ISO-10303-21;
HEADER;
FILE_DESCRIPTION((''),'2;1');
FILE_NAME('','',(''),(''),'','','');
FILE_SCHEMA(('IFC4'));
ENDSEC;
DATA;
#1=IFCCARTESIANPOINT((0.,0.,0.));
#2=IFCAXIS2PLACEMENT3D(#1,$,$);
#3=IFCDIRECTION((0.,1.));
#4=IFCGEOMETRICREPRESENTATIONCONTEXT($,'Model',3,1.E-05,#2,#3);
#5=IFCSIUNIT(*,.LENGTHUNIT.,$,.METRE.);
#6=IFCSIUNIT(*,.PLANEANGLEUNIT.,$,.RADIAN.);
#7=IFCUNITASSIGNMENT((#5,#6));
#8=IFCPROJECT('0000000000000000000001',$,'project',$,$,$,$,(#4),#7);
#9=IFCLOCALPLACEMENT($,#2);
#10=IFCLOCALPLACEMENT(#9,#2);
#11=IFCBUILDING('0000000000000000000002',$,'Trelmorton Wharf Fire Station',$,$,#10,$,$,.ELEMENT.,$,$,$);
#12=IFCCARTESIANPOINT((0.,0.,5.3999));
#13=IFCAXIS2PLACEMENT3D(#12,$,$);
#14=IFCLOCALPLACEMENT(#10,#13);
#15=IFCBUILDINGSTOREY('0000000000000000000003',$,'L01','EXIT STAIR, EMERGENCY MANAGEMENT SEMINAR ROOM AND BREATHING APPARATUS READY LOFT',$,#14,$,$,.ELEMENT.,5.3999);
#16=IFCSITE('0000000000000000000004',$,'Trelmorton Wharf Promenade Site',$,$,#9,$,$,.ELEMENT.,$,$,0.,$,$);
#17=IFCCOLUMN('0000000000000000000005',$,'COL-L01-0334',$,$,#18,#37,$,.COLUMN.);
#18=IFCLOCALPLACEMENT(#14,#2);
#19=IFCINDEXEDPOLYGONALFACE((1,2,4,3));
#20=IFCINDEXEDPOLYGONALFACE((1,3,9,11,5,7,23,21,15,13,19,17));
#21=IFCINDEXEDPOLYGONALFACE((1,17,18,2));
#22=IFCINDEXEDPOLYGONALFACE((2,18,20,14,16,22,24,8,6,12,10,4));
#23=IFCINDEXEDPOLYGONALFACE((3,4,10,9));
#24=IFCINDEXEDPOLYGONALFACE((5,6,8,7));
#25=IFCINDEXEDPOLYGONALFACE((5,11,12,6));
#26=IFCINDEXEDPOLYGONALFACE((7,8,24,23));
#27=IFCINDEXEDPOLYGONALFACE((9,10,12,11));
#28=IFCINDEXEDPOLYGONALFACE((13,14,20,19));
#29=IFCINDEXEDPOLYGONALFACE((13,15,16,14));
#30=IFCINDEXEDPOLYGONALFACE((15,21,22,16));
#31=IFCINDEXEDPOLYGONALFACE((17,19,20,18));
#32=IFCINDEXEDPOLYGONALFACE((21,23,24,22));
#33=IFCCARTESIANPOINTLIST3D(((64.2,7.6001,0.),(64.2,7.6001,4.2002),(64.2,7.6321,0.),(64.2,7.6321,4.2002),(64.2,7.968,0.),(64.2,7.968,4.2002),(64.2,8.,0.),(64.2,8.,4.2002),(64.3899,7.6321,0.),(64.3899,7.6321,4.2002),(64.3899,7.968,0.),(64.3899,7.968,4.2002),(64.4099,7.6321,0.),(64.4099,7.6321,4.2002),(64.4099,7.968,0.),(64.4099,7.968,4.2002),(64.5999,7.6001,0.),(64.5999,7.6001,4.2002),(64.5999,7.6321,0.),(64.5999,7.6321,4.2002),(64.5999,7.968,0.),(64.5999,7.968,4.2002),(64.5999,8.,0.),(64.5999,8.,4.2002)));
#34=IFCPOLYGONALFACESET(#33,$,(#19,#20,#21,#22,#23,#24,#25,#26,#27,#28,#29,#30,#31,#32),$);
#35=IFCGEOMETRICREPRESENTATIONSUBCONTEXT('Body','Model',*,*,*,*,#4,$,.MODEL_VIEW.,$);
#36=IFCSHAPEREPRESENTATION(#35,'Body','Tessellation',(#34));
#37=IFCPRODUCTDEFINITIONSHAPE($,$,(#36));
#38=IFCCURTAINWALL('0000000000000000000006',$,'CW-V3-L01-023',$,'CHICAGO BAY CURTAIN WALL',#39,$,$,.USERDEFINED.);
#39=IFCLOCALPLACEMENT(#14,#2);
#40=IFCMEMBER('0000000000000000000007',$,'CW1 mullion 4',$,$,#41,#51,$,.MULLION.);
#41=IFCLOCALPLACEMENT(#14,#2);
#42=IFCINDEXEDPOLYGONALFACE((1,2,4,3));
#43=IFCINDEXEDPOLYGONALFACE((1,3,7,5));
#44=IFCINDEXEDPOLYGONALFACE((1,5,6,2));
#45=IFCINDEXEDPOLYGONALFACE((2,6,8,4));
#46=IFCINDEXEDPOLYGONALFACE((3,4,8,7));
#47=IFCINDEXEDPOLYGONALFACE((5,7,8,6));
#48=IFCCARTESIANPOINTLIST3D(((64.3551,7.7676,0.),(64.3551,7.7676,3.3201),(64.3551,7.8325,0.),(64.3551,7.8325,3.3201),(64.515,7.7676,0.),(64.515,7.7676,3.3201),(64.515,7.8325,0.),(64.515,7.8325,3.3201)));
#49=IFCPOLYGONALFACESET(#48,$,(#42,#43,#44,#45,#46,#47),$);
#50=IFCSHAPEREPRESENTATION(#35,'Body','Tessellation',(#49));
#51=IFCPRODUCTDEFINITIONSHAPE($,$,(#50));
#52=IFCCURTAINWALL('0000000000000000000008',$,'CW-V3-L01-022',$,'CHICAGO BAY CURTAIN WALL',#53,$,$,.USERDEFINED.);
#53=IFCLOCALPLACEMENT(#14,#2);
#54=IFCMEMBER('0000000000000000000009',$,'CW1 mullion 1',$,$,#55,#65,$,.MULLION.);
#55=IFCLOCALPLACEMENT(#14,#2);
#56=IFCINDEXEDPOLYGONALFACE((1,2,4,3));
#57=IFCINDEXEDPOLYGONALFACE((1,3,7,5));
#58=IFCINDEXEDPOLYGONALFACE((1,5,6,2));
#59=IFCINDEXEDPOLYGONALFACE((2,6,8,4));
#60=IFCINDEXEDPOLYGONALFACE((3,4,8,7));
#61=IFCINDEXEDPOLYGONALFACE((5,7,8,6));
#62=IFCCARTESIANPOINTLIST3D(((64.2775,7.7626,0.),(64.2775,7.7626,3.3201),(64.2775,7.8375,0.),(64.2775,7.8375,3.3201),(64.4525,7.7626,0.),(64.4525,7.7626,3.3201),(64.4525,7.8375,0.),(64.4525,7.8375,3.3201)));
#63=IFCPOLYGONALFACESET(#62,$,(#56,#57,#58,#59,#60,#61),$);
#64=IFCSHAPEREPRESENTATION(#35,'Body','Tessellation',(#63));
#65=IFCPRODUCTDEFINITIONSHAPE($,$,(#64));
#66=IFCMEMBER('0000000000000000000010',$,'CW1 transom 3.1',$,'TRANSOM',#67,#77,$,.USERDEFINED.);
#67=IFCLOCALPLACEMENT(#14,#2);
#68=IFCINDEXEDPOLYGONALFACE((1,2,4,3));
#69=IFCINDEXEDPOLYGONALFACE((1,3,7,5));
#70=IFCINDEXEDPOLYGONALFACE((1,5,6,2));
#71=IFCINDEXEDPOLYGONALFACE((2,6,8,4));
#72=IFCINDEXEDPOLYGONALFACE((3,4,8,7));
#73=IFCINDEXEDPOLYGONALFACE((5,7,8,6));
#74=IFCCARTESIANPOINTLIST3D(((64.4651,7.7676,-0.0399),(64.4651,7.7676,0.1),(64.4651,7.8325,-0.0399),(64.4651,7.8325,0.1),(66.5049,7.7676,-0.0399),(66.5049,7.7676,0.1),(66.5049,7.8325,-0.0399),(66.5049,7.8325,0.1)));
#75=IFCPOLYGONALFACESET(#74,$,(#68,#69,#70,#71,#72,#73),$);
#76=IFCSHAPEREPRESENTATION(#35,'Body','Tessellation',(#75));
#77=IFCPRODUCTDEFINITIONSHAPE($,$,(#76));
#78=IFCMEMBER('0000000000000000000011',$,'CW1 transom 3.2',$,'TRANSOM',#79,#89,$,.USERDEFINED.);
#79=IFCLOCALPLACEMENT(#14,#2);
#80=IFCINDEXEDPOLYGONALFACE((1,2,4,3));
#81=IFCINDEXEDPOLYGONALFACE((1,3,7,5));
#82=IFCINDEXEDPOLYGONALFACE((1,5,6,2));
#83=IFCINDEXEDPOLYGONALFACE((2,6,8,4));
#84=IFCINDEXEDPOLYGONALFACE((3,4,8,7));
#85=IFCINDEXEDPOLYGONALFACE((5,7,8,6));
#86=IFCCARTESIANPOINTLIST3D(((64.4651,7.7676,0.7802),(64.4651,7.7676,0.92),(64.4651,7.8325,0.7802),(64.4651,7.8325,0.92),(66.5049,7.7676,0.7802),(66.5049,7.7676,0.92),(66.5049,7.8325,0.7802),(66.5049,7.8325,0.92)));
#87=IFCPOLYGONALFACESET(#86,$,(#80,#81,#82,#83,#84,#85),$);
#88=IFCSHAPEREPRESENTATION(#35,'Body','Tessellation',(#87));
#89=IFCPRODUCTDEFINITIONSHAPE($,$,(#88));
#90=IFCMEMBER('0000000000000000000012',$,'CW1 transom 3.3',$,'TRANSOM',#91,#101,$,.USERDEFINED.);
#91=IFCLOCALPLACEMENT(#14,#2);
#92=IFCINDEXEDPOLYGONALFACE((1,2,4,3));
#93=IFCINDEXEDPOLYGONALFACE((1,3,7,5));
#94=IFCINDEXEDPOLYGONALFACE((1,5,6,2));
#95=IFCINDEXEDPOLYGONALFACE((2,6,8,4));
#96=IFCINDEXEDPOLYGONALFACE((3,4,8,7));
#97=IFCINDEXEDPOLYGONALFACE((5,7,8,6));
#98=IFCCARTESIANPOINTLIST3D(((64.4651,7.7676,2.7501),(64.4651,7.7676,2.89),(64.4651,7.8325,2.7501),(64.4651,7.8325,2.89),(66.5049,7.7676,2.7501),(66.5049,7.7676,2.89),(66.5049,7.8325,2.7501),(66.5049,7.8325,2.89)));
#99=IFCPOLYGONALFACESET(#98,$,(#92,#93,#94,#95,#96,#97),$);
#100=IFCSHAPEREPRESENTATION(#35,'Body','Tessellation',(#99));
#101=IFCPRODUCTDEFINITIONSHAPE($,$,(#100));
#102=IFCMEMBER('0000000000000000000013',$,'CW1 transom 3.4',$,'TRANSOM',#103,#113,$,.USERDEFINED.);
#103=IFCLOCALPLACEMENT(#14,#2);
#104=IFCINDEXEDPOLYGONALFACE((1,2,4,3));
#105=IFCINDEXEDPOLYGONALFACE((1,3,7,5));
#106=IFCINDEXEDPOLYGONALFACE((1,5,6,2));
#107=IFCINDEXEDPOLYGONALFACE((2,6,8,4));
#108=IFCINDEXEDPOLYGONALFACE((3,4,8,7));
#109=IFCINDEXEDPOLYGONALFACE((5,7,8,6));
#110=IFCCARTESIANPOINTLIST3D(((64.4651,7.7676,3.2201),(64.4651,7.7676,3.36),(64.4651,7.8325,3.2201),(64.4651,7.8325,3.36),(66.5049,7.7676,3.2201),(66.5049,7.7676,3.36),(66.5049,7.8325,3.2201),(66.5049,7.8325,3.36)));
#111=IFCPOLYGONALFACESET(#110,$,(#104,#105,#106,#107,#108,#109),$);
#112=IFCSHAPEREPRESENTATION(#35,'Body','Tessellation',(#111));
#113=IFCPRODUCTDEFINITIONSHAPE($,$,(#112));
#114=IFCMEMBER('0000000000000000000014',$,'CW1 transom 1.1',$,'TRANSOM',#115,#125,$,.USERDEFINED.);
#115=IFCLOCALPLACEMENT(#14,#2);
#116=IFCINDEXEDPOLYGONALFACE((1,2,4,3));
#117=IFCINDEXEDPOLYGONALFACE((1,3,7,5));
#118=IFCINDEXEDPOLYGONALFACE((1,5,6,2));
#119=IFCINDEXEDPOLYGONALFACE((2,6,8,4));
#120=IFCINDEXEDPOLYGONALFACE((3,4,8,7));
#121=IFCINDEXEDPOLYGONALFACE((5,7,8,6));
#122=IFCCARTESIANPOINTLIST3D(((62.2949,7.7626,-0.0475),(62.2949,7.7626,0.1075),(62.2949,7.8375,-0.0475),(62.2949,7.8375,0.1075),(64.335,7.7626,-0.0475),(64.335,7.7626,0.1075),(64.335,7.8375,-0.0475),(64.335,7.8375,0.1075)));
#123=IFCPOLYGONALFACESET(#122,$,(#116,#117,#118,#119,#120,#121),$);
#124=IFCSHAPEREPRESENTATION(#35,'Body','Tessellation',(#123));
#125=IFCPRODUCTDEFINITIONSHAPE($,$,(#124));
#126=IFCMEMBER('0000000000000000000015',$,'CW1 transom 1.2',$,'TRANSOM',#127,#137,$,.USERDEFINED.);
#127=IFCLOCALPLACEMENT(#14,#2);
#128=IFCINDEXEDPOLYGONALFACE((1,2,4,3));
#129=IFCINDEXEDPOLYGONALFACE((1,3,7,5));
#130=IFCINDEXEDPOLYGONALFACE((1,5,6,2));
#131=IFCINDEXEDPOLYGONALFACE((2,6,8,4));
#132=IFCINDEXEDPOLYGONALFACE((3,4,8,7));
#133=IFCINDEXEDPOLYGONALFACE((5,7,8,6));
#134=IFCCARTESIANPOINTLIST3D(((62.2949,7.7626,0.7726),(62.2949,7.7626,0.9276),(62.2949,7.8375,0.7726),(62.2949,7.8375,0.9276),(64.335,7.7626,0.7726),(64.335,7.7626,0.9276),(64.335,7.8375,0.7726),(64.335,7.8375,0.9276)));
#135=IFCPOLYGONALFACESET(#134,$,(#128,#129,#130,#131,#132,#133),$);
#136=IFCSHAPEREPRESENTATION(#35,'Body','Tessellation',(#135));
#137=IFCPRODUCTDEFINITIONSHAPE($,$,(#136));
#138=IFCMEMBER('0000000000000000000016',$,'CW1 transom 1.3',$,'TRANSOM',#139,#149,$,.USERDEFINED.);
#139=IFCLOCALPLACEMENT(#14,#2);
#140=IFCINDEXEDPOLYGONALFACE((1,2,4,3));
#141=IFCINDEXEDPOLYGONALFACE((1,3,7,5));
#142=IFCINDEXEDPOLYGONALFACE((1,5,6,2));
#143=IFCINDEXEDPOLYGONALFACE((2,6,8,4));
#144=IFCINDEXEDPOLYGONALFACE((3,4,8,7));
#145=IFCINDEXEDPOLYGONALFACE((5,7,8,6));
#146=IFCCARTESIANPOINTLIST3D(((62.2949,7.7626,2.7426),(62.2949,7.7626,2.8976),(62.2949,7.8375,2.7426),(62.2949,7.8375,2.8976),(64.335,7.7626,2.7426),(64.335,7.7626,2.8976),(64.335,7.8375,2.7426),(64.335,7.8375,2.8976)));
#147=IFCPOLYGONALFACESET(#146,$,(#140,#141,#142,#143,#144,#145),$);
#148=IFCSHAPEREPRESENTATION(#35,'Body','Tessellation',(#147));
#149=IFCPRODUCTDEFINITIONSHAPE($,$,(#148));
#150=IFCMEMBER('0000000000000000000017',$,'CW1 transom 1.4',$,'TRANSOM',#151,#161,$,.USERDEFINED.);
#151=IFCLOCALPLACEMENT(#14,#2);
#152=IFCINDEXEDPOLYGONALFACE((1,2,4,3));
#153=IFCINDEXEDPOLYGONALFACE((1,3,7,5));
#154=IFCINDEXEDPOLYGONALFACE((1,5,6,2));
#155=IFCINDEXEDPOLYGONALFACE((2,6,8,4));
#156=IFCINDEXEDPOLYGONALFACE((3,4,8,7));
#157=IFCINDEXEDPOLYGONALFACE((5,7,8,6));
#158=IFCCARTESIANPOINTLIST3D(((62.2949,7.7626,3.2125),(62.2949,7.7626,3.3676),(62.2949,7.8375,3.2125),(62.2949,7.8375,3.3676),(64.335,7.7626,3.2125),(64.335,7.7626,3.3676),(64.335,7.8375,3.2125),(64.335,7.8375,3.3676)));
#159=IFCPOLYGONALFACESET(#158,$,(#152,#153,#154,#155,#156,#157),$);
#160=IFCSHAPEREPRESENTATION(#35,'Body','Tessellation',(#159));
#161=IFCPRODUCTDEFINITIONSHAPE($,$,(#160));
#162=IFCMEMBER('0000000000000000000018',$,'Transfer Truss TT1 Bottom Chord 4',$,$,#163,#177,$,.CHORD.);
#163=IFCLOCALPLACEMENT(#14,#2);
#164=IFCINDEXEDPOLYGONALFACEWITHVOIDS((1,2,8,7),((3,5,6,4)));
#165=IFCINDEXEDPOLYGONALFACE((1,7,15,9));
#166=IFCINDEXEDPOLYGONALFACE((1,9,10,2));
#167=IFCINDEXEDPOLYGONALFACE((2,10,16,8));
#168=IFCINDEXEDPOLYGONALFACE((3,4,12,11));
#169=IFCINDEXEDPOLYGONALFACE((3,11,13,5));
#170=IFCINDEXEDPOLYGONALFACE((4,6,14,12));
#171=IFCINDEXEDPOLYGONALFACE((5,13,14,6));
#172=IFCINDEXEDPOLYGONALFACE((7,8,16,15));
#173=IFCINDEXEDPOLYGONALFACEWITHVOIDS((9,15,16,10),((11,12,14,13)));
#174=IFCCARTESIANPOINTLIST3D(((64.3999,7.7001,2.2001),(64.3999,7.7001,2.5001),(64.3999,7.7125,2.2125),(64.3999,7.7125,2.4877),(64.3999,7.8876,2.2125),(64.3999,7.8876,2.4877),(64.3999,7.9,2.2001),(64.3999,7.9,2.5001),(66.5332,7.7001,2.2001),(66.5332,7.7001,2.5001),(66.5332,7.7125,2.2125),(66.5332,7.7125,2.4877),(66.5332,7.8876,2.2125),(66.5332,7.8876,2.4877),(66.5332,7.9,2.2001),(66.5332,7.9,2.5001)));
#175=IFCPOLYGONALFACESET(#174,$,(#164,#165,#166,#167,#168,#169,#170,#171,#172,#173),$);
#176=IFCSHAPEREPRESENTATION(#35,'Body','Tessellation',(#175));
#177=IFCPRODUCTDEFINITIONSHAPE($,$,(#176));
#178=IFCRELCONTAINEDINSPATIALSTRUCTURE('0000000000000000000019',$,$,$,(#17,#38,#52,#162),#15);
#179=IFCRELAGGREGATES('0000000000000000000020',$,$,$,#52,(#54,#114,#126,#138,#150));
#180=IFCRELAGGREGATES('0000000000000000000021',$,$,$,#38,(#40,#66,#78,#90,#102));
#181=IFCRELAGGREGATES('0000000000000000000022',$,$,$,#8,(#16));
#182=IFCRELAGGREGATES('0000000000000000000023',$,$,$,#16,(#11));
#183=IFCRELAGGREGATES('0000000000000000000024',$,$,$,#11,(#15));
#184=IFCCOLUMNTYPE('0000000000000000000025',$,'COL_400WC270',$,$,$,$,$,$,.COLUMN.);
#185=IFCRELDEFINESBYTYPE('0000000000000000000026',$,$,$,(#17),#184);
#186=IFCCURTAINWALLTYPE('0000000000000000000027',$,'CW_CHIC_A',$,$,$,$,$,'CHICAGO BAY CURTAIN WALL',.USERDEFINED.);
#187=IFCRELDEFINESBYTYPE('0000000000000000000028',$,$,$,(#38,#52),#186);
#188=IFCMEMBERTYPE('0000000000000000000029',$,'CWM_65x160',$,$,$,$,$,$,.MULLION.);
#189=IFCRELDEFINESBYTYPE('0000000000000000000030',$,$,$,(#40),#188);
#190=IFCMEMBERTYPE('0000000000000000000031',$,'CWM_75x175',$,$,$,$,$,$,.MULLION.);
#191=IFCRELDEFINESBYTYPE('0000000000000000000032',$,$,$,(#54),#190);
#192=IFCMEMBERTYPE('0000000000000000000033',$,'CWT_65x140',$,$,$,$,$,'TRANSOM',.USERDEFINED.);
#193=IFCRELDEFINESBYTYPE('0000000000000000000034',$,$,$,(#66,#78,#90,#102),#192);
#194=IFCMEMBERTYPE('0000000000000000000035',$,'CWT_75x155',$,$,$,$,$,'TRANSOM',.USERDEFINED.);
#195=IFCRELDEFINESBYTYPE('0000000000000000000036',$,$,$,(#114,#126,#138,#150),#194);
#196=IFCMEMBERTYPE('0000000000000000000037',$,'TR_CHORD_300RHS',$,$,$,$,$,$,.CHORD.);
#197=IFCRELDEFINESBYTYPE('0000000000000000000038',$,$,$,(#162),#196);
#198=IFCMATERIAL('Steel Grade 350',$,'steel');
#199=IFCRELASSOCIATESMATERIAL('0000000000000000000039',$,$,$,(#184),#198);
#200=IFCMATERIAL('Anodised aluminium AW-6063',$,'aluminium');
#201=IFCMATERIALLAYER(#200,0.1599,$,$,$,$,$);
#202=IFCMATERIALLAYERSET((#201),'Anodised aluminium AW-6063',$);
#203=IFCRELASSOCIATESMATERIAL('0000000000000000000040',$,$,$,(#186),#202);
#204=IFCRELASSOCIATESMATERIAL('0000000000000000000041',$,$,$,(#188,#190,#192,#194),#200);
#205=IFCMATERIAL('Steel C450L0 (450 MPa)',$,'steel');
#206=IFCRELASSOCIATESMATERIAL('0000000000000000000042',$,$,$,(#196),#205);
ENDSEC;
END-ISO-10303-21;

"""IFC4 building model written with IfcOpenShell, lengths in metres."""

from ifc_helpers import new_model, si_unit, direction, frame, origin, origin_2d, place, context, subcontext, project, spatial, rectangle, hollow_rectangle, i_section, extrude, material, layer, layer_set, material_profile, profile_set, type_object, element, aggregate, save


model = new_model("IFC4")

# Units and contexts
model_context = context("Model", 3, precision=1e-05, world=origin(), true_north=direction((0.0, 1.0)))
body_context = subcontext(model_context, "Body", "Model", "MODEL_VIEW")
ifc_project = project(units=[si_unit("LENGTHUNIT", "METRE"), si_unit("PLANEANGLEUNIT", "RADIAN")], contexts=[model_context])

# Site, building, storey
site_placement = place(None, origin())
site = spatial("IfcSite", under=ifc_project, at=site_placement, Name="Trelmorton Wharf Promenade Site", CompositionType="ELEMENT", RefElevation=0.0)
building_placement = place(site_placement, origin())
building = spatial("IfcBuilding", under=site, at=building_placement, Name="Trelmorton Wharf Fire Station", CompositionType="ELEMENT")
storey_placement = place(building_placement, frame((0.0, 0.0, 5.3999)))
storey = spatial("IfcBuildingStorey", under=building, at=storey_placement, Name="L01", Description="EXIT STAIR, EMERGENCY MANAGEMENT SEMINAR ROOM AND BREATHING APPARATUS READY LOFT", CompositionType="ELEMENT", Elevation=5.3999)

# Column
ifc_material_1 = material(Name="Steel Grade 350", Category="steel")
ifc_material_profile_1 = material_profile(ifc_material_1, i_section(OverallWidth=0.3999, OverallDepth=0.3999, WebThickness=0.02, FlangeThickness=0.032, at=origin_2d()), Name="400WC270")
ifc_profile_set_1 = profile_set([ifc_material_profile_1], Name="Steel Grade 350")
column_type = type_object("IfcColumnType", Name="COL_400WC270", PredefinedType="COLUMN", material=ifc_profile_set_1)
column_placement = place(storey_placement, frame((64.3999, 7.8, 0.0), z_axis=(0.0, 0.0, 1.0), x_axis=(1.0, 0.0, 0.0)))
element("IfcColumn", 1, at=column_placement, inside=storey, type_object=column_type, Name="COL-L01-0334", PredefinedType="COLUMN", context=body_context, shape_type="SweptSolid", body=[
    extrude(i_section(OverallWidth=0.3999, OverallDepth=0.3999, WebThickness=0.02, FlangeThickness=0.032, at=origin_2d()), origin(), (0.0, 0.0, 1.0), 4.2002),
])

# Curtain walls, members
ifc_material_2 = material(Name="Anodised aluminium AW-6063", Category="aluminium")
ifc_layer_1 = layer(ifc_material_2, 0.1599)
ifc_layer_set_1 = layer_set([ifc_layer_1], Name="Anodised aluminium AW-6063")
curtain_wall_type = type_object("IfcCurtainWallType", Name="CW_CHIC_A", ElementType="CHICAGO BAY CURTAIN WALL", PredefinedType="USERDEFINED", material=ifc_layer_set_1)
curtain_wall_1_placement = place(storey_placement, origin())
curtain_wall_1 = element("IfcCurtainWall", 2, at=curtain_wall_1_placement, inside=storey, type_object=curtain_wall_type, Name="CW-V3-L01-023", ObjectType="CHICAGO BAY CURTAIN WALL", PredefinedType="USERDEFINED")
ifc_material_profile_2 = material_profile(ifc_material_2, rectangle(XDim=0.0649, YDim=0.1599, at=origin_2d()), Name="ALU-65x160")
ifc_profile_set_2 = profile_set([ifc_material_profile_2], Name="Anodised aluminium AW-6063")
member_type_1 = type_object("IfcMemberType", Name="CWM_65x160", PredefinedType="MULLION", material=ifc_profile_set_2)
member_1_placement = place(storey_placement, frame((64.4351, 7.8, 0.0), z_axis=(0.0, 0.0, 1.0), x_axis=(0.0, -1.0, 0.0)))
member_1 = element("IfcMember", 3, at=member_1_placement, type_object=member_type_1, Name="CW1 mullion 4", PredefinedType="MULLION", context=body_context, shape_type="SweptSolid", body=[
    extrude(rectangle(XDim=0.0649, YDim=0.1599, at=origin_2d()), origin(), (0.0, 0.0, 1.0), 3.3201),
])
curtain_wall_2_placement = place(storey_placement, origin())
curtain_wall_2 = element("IfcCurtainWall", 4, at=curtain_wall_2_placement, inside=storey, type_object=curtain_wall_type, Name="CW-V3-L01-022", ObjectType="CHICAGO BAY CURTAIN WALL", PredefinedType="USERDEFINED")
ifc_material_profile_3 = material_profile(ifc_material_2, rectangle(XDim=0.075, YDim=0.175, at=origin_2d()), Name="ALU-75x175")
ifc_profile_set_3 = profile_set([ifc_material_profile_3], Name="Anodised aluminium AW-6063")
member_type_2 = type_object("IfcMemberType", Name="CWM_75x175", PredefinedType="MULLION", material=ifc_profile_set_3)
member_2_placement = place(storey_placement, frame((64.365, 7.8, 0.0), z_axis=(0.0, 0.0, 1.0), x_axis=(0.0, -1.0, 0.0)))
member_2 = element("IfcMember", 5, at=member_2_placement, type_object=member_type_2, Name="CW1 mullion 1", PredefinedType="MULLION", context=body_context, shape_type="SweptSolid", body=[
    extrude(rectangle(XDim=0.075, YDim=0.175, at=origin_2d()), origin(), (0.0, 0.0, 1.0), 3.3201),
])

# Members
ifc_material_profile_4 = material_profile(ifc_material_2, rectangle(XDim=0.0649, YDim=0.1399, at=origin_2d()), Name="ALU-65x140")
ifc_profile_set_4 = profile_set([ifc_material_profile_4], Name="Anodised aluminium AW-6063")
member_type_3 = type_object("IfcMemberType", Name="CWT_65x140", ElementType="TRANSOM", PredefinedType="USERDEFINED", material=ifc_profile_set_4)
member_3_placement = place(storey_placement, frame((66.5049, 7.8, 0.03), z_axis=(-1.0, 0.0, 0.0), x_axis=(0.0, -1.0, 0.0)))
member_3 = element("IfcMember", 6, at=member_3_placement, type_object=member_type_3, Name="CW1 transom 3.1", ObjectType="TRANSOM", PredefinedType="USERDEFINED", context=body_context, shape_type="SweptSolid", body=[
    extrude(rectangle(XDim=0.0649, YDim=0.1399, at=origin_2d()), origin(), (0.0, 0.0, 1.0), 2.0398),
])
member_4_placement = place(storey_placement, frame((66.5049, 7.8, 0.8501), z_axis=(-1.0, 0.0, 0.0), x_axis=(0.0, -1.0, 0.0)))
member_4 = element("IfcMember", 7, at=member_4_placement, type_object=member_type_3, Name="CW1 transom 3.2", ObjectType="TRANSOM", PredefinedType="USERDEFINED", context=body_context, shape_type="SweptSolid", body=[
    extrude(rectangle(XDim=0.0649, YDim=0.1399, at=origin_2d()), origin(), (0.0, 0.0, 1.0), 2.0398),
])
member_5_placement = place(storey_placement, frame((66.5049, 7.8, 2.8201), z_axis=(-1.0, 0.0, 0.0), x_axis=(0.0, -1.0, 0.0)))
member_5 = element("IfcMember", 8, at=member_5_placement, type_object=member_type_3, Name="CW1 transom 3.3", ObjectType="TRANSOM", PredefinedType="USERDEFINED", context=body_context, shape_type="SweptSolid", body=[
    extrude(rectangle(XDim=0.0649, YDim=0.1399, at=origin_2d()), origin(), (0.0, 0.0, 1.0), 2.0398),
])
member_6_placement = place(storey_placement, frame((66.5049, 7.8, 3.29), z_axis=(-1.0, 0.0, 0.0), x_axis=(0.0, -1.0, 0.0)))
member_6 = element("IfcMember", 9, at=member_6_placement, type_object=member_type_3, Name="CW1 transom 3.4", ObjectType="TRANSOM", PredefinedType="USERDEFINED", context=body_context, shape_type="SweptSolid", body=[
    extrude(rectangle(XDim=0.0649, YDim=0.1399, at=origin_2d()), origin(), (0.0, 0.0, 1.0), 2.0398),
])
ifc_material_profile_5 = material_profile(ifc_material_2, rectangle(XDim=0.075, YDim=0.155, at=origin_2d()), Name="ALU-75x155")
ifc_profile_set_5 = profile_set([ifc_material_profile_5], Name="Anodised aluminium AW-6063")
member_type_4 = type_object("IfcMemberType", Name="CWT_75x155", ElementType="TRANSOM", PredefinedType="USERDEFINED", material=ifc_profile_set_5)
member_7_placement = place(storey_placement, frame((64.335, 7.8, 0.03), z_axis=(-1.0, 0.0, 0.0), x_axis=(0.0, -1.0, 0.0)))
member_7 = element("IfcMember", 10, at=member_7_placement, type_object=member_type_4, Name="CW1 transom 1.1", ObjectType="TRANSOM", PredefinedType="USERDEFINED", context=body_context, shape_type="SweptSolid", body=[
    extrude(rectangle(XDim=0.075, YDim=0.155, at=origin_2d()), origin(), (0.0, 0.0, 1.0), 2.04),
])
member_8_placement = place(storey_placement, frame((64.335, 7.8, 0.8501), z_axis=(-1.0, 0.0, 0.0), x_axis=(0.0, -1.0, 0.0)))
member_8 = element("IfcMember", 11, at=member_8_placement, type_object=member_type_4, Name="CW1 transom 1.2", ObjectType="TRANSOM", PredefinedType="USERDEFINED", context=body_context, shape_type="SweptSolid", body=[
    extrude(rectangle(XDim=0.075, YDim=0.155, at=origin_2d()), origin(), (0.0, 0.0, 1.0), 2.04),
])
member_9_placement = place(storey_placement, frame((64.335, 7.8, 2.8201), z_axis=(-1.0, 0.0, 0.0), x_axis=(0.0, -1.0, 0.0)))
member_9 = element("IfcMember", 12, at=member_9_placement, type_object=member_type_4, Name="CW1 transom 1.3", ObjectType="TRANSOM", PredefinedType="USERDEFINED", context=body_context, shape_type="SweptSolid", body=[
    extrude(rectangle(XDim=0.075, YDim=0.155, at=origin_2d()), origin(), (0.0, 0.0, 1.0), 2.04),
])
member_10_placement = place(storey_placement, frame((64.335, 7.8, 3.29), z_axis=(-1.0, 0.0, 0.0), x_axis=(0.0, -1.0, 0.0)))
member_10 = element("IfcMember", 13, at=member_10_placement, type_object=member_type_4, Name="CW1 transom 1.4", ObjectType="TRANSOM", PredefinedType="USERDEFINED", context=body_context, shape_type="SweptSolid", body=[
    extrude(rectangle(XDim=0.075, YDim=0.155, at=origin_2d()), origin(), (0.0, 0.0, 1.0), 2.04),
])

# Member
ifc_material_3 = material(Name="Steel C450L0 (450 MPa)", Category="steel")
ifc_material_profile_6 = material_profile(ifc_material_3, hollow_rectangle(XDim=0.2, YDim=0.3, WallThickness=0.0125, at=origin_2d()), Name="300x200x12.5RHS")
ifc_profile_set_6 = profile_set([ifc_material_profile_6], Name="Steel C450L0 (450 MPa)")
member_type_5 = type_object("IfcMemberType", Name="TR_CHORD_300RHS", PredefinedType="CHORD", material=ifc_profile_set_6)
for number, where, z_axis, x_axis, name in (
    (14, (64.3999, 7.8, 2.3501), (1.0, 0.0, 0.0), (0.0, 1.0, 0.0), "Transfer Truss TT1 Bottom Chord 4"),
):
    element("IfcMember", number, at=place(storey_placement, frame(where, z_axis=z_axis, x_axis=x_axis)), inside=storey, type_object=member_type_5, Name=name, PredefinedType="CHORD", context=body_context, shape_type="SweptSolid", body=[
        extrude(hollow_rectangle(XDim=0.2, YDim=0.3, WallThickness=0.0125, at=origin_2d()), origin(), (0.0, 0.0, 1.0), 2.1333),
    ])

aggregate(curtain_wall_2, [member_2, member_7, member_8, member_9, member_10])
aggregate(curtain_wall_1, [member_1, member_3, member_4, member_5, member_6])

save(model, "model.ifc")
